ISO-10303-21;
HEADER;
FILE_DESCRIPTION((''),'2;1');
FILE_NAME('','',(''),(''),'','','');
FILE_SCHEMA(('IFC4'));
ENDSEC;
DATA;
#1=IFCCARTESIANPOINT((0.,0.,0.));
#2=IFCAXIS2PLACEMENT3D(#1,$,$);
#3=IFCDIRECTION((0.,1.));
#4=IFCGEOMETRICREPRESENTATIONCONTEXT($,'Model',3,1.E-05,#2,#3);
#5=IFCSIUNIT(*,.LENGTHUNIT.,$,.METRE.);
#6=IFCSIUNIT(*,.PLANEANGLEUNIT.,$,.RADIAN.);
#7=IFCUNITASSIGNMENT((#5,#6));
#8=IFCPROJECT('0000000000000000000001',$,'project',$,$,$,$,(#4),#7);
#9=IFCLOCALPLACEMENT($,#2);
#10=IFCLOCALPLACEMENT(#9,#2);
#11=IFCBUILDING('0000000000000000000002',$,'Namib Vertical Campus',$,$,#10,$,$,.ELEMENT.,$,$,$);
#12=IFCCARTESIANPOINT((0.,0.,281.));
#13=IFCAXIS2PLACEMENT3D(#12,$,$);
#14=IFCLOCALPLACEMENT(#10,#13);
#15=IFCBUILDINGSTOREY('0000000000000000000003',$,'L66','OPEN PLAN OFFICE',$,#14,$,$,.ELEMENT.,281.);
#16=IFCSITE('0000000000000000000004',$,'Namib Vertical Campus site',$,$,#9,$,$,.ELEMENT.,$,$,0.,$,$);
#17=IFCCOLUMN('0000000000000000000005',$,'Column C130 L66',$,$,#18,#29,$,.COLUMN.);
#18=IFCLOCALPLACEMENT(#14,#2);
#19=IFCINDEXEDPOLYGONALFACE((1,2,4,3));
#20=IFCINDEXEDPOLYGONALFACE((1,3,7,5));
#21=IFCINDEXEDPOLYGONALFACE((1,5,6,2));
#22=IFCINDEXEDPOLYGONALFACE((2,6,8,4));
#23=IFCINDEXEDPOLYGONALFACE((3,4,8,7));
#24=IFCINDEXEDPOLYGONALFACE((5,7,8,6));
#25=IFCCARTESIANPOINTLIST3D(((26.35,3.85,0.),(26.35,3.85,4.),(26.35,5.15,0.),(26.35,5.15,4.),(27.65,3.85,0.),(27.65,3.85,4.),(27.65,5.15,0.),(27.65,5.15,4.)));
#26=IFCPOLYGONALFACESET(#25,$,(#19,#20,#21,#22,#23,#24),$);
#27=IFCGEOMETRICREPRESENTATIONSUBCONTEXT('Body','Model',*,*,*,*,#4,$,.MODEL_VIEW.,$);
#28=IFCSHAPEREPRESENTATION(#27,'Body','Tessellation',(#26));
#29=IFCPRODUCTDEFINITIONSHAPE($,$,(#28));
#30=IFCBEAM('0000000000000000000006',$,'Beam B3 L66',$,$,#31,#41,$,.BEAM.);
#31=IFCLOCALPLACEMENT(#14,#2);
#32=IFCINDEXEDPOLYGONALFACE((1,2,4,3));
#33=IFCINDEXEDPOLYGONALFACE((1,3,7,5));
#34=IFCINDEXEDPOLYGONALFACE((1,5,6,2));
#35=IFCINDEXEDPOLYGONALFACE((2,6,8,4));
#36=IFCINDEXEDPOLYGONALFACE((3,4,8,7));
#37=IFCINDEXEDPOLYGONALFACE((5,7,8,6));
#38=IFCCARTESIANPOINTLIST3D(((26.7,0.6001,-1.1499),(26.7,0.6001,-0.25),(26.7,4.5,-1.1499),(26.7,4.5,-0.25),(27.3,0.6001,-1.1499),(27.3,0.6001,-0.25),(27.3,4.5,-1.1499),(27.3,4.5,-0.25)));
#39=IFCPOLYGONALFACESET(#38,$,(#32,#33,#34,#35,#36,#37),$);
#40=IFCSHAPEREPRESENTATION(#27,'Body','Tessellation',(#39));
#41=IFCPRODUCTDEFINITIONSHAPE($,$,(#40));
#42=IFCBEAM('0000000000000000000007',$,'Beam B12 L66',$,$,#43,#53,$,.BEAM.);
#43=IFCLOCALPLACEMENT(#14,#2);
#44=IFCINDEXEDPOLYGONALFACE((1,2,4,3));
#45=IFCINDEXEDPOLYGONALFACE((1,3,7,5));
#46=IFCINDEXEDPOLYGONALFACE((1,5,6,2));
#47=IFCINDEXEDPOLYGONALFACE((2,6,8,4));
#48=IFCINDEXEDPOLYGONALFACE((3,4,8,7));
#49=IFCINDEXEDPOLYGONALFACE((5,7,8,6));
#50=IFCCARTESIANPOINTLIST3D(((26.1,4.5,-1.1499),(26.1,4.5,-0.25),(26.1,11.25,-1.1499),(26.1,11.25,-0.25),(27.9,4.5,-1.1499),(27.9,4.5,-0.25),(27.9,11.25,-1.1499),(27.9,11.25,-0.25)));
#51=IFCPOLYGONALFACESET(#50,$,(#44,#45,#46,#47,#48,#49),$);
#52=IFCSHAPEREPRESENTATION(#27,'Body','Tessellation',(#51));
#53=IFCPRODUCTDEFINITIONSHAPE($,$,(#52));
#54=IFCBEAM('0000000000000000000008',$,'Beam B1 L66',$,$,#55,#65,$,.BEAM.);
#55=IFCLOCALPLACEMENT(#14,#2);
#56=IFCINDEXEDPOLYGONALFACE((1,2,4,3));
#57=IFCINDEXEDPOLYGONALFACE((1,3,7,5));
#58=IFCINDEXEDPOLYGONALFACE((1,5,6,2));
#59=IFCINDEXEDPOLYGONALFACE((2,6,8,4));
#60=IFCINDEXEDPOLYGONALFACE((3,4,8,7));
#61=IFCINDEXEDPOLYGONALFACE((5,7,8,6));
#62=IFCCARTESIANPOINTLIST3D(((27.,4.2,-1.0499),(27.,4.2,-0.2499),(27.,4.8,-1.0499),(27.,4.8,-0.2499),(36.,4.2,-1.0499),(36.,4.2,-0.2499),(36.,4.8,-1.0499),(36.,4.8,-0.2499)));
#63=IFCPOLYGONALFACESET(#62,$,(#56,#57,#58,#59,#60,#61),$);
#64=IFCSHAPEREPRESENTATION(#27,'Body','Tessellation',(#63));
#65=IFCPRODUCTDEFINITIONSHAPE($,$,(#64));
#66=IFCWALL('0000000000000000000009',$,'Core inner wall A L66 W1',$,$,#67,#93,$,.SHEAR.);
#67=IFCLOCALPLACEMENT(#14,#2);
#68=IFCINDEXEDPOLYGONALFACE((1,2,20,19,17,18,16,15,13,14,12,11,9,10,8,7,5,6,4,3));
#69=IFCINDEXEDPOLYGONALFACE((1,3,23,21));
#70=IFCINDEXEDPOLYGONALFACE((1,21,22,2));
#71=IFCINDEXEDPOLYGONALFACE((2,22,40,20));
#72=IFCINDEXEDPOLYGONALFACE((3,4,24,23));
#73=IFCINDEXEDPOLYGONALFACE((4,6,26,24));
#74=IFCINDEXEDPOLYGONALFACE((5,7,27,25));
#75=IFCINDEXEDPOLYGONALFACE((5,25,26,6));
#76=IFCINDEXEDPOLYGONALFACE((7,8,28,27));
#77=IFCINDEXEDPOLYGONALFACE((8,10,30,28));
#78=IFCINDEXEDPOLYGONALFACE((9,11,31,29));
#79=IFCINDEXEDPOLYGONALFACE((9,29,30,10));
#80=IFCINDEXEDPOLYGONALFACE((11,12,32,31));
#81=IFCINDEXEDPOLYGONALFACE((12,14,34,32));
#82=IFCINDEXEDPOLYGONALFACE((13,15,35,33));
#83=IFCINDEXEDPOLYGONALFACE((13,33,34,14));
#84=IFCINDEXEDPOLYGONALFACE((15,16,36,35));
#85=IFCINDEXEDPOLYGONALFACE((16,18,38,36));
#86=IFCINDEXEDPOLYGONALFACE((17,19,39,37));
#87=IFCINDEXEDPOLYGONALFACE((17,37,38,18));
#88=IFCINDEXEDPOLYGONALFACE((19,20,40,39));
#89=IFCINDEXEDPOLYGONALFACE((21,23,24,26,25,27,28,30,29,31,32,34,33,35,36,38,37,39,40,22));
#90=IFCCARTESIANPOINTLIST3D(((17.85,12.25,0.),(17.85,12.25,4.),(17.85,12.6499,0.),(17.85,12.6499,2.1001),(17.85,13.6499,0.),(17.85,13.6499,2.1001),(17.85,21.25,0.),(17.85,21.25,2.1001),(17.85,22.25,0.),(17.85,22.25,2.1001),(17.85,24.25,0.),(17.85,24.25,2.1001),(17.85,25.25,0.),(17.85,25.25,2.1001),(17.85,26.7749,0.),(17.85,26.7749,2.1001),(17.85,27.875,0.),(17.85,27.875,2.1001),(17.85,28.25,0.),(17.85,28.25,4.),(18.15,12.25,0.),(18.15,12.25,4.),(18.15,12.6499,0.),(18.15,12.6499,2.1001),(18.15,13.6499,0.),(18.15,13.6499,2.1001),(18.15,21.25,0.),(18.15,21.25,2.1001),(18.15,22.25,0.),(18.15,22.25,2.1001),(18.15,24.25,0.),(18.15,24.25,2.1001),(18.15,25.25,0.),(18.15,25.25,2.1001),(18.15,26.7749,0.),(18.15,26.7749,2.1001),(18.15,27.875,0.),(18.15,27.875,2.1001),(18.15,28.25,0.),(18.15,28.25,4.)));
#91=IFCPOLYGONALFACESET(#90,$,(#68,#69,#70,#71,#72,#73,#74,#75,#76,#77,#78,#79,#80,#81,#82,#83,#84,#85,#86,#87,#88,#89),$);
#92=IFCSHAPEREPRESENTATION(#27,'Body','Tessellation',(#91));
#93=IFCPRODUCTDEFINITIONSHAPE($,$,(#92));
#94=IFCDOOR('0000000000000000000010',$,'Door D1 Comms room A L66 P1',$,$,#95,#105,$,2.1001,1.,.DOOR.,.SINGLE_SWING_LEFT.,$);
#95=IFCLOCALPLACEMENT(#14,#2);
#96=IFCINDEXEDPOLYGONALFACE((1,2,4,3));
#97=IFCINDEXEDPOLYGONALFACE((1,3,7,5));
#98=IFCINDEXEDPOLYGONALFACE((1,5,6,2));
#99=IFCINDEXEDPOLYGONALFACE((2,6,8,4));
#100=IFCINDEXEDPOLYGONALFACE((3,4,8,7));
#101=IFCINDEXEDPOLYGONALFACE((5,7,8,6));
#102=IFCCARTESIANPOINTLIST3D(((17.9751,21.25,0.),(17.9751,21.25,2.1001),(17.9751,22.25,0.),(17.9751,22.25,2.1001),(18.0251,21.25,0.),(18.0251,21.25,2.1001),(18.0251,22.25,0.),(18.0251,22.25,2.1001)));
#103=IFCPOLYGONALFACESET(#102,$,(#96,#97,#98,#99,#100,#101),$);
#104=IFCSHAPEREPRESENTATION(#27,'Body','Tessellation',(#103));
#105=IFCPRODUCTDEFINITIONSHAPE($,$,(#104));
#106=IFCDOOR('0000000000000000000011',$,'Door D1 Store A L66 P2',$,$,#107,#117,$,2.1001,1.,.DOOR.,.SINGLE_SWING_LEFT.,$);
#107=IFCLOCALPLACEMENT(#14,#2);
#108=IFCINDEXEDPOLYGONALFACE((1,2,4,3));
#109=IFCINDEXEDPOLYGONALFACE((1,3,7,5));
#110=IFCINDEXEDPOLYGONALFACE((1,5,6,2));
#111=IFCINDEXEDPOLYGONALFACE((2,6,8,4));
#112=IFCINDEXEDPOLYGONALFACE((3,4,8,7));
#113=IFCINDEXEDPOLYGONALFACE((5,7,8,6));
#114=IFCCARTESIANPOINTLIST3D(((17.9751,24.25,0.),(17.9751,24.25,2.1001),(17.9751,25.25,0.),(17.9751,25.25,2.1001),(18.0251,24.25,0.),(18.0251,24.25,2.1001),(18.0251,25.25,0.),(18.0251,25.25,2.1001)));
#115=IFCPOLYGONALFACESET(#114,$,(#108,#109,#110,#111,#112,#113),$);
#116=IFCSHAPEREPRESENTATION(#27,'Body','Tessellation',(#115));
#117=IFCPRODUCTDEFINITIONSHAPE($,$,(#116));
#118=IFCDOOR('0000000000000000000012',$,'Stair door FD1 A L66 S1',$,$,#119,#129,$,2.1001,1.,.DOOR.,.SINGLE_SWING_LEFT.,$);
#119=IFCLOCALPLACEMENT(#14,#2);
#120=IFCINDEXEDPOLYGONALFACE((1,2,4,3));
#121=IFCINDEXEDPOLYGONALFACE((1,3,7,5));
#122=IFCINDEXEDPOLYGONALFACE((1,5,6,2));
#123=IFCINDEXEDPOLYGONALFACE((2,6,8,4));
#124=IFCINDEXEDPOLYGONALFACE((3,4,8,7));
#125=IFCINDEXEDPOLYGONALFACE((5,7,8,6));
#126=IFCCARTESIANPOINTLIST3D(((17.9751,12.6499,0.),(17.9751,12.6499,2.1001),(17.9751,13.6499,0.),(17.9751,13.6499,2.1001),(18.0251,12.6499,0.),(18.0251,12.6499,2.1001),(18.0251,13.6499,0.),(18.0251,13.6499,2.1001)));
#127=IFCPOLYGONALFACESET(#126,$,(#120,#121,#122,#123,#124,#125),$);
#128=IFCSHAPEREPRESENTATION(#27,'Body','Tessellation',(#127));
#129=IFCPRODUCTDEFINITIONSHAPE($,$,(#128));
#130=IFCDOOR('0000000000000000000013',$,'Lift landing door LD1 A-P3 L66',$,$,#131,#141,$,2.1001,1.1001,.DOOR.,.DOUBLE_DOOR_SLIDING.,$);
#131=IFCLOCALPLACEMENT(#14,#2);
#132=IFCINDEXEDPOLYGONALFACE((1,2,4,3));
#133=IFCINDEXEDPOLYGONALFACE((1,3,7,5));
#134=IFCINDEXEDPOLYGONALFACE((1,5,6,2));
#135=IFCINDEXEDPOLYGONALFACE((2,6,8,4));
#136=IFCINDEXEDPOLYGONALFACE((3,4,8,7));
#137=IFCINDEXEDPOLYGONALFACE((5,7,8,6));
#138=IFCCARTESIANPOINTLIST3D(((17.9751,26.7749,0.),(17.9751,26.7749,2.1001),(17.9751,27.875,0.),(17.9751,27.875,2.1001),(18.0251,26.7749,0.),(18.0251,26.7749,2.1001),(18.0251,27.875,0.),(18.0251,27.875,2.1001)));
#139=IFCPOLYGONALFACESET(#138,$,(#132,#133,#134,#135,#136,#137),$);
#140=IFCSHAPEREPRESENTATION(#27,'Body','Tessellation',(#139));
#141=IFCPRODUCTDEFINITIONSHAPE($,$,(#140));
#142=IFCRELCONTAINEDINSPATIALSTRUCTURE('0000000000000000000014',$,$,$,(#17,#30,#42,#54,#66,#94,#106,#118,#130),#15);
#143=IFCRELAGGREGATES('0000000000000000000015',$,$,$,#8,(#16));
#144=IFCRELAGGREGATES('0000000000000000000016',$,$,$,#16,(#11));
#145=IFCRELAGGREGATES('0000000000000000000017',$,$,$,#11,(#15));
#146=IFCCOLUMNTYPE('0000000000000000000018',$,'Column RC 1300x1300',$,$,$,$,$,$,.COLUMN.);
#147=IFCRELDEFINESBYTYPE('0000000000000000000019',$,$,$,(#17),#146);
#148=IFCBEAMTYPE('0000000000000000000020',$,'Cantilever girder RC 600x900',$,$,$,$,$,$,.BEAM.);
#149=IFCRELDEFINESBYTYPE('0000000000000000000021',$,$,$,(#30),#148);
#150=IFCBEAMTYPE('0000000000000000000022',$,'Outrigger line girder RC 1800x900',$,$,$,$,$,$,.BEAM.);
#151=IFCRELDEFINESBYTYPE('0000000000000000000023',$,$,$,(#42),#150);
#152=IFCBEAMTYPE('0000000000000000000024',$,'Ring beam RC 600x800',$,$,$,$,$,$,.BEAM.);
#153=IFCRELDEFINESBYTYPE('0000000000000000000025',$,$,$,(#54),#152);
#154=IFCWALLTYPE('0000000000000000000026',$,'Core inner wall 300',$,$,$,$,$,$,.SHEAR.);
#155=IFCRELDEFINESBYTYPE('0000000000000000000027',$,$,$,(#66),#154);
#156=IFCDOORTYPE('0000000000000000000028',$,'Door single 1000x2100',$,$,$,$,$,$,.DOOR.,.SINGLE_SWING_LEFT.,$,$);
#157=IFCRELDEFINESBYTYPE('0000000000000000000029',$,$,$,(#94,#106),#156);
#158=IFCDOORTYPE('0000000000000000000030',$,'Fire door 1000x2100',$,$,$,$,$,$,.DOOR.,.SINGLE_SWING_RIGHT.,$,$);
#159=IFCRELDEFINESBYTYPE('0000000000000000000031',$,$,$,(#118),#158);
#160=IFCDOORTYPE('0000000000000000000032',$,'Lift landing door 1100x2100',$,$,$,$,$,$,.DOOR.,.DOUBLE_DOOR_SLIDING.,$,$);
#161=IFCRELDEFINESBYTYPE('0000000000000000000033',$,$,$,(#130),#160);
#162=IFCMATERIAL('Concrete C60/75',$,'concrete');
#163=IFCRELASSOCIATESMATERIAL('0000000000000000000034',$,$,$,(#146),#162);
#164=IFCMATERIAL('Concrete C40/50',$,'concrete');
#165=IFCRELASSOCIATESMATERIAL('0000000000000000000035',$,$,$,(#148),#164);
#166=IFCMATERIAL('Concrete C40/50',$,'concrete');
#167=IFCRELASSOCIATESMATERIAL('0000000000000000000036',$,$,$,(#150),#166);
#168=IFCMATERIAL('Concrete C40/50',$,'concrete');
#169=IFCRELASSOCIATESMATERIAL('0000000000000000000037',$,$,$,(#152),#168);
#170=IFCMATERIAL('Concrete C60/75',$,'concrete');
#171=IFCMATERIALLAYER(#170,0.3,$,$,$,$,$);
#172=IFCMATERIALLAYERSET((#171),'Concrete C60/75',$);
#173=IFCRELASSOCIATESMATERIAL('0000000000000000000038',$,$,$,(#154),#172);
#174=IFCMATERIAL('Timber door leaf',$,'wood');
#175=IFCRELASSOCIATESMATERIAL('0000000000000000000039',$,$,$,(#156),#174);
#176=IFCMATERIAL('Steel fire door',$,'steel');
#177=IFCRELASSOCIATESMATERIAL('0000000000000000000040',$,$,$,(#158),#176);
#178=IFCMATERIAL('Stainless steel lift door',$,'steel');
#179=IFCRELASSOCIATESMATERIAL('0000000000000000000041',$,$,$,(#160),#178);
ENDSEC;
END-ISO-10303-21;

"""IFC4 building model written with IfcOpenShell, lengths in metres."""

from ifc_helpers import new_model, si_unit, direction, frame, frame_2d, origin, origin_2d, place, context, subcontext, project, spatial, rectangle, extrude, material, layer, layer_set, material_profile, profile_set, type_object, element, fill, save


model = new_model("IFC4")

# Units and contexts
model_context = context("Model", 3, precision=1e-05, world=origin(), true_north=direction((0.0, 1.0)))
body_context = subcontext(model_context, "Body", "Model", "MODEL_VIEW")
ifc_project = project(units=[si_unit("LENGTHUNIT", "METRE"), si_unit("PLANEANGLEUNIT", "RADIAN")], contexts=[model_context])

# Site, building, storey
site_placement = place(None, origin())
site = spatial("IfcSite", under=ifc_project, at=site_placement, Name="Namib Vertical Campus site", CompositionType="ELEMENT", RefElevation=0.0)
building_placement = place(site_placement, origin())
building = spatial("IfcBuilding", under=site, at=building_placement, Name="Namib Vertical Campus", CompositionType="ELEMENT")
storey_placement = place(building_placement, frame((0.0, 0.0, 281.0)))
storey = spatial("IfcBuildingStorey", under=building, at=storey_placement, Name="L66", Description="OPEN PLAN OFFICE", CompositionType="ELEMENT", Elevation=281.0)

# Column
ifc_material_1 = material(Name="Concrete C60/75", Category="concrete")
ifc_material_profile_1 = material_profile(ifc_material_1, rectangle(XDim=1.3, YDim=1.3, at=origin_2d()))
ifc_profile_set_1 = profile_set([ifc_material_profile_1], Name="Concrete C60/75")
column_type = type_object("IfcColumnType", Name="Column RC 1300x1300", PredefinedType="COLUMN", material=ifc_profile_set_1)
column_placement = place(storey_placement, frame((27.0, 4.5, 0.0), z_axis=(0.0, 0.0, 1.0), x_axis=(1.0, 0.0, 0.0)))
element("IfcColumn", 1, at=column_placement, inside=storey, type_object=column_type, Name="Column C130 L66", PredefinedType="COLUMN", context=body_context, shape_type="SweptSolid", body=[
    extrude(rectangle(XDim=1.3, YDim=1.3, at=origin_2d()), origin(), (0.0, 0.0, 1.0), 4.0),
])

# Beams
ifc_material_2 = material(Name="Concrete C40/50", Category="concrete")
ifc_material_profile_2 = material_profile(ifc_material_2, rectangle(XDim=0.6001, YDim=0.8999, at=origin_2d()))
ifc_profile_set_2 = profile_set([ifc_material_profile_2], Name="Concrete C40/50")
beam_type_1 = type_object("IfcBeamType", Name="Cantilever girder RC 600x900", PredefinedType="BEAM", material=ifc_profile_set_2)
beam_1_placement = place(storey_placement, frame((27.0, 4.5, -0.7), z_axis=(0.0, -1.0, 0.0), x_axis=(1.0, 0.0, 0.0)))
element("IfcBeam", 2, at=beam_1_placement, inside=storey, type_object=beam_type_1, Name="Beam B3 L66", PredefinedType="BEAM", context=body_context, shape_type="SweptSolid", body=[
    extrude(rectangle(XDim=0.6001, YDim=0.8999, at=origin_2d()), origin(), (0.0, 0.0, 1.0), 3.8999),
])
ifc_material_3 = material(Name="Concrete C40/50", Category="concrete")
ifc_material_profile_3 = material_profile(ifc_material_3, rectangle(XDim=1.8, YDim=0.8999, at=origin_2d()))
ifc_profile_set_3 = profile_set([ifc_material_profile_3], Name="Concrete C40/50")
beam_type_2 = type_object("IfcBeamType", Name="Outrigger line girder RC 1800x900", PredefinedType="BEAM", material=ifc_profile_set_3)
beam_2_placement = place(storey_placement, frame((27.0, 4.5, -0.7), z_axis=(0.0, 1.0, 0.0), x_axis=(-1.0, 0.0, 0.0)))
element("IfcBeam", 3, at=beam_2_placement, inside=storey, type_object=beam_type_2, Name="Beam B12 L66", PredefinedType="BEAM", context=body_context, shape_type="SweptSolid", body=[
    extrude(rectangle(XDim=1.8, YDim=0.8999, at=origin_2d()), origin(), (0.0, 0.0, 1.0), 6.75),
])
ifc_material_4 = material(Name="Concrete C40/50", Category="concrete")
ifc_material_profile_4 = material_profile(ifc_material_4, rectangle(XDim=0.6001, YDim=0.8, at=origin_2d()))
ifc_profile_set_4 = profile_set([ifc_material_profile_4], Name="Concrete C40/50")
beam_type_3 = type_object("IfcBeamType", Name="Ring beam RC 600x800", PredefinedType="BEAM", material=ifc_profile_set_4)
beam_3_placement = place(storey_placement, frame((27.0, 4.5, -0.6499), z_axis=(1.0, 0.0, 0.0), x_axis=(0.0, 1.0, 0.0)))
element("IfcBeam", 4, at=beam_3_placement, inside=storey, type_object=beam_type_3, Name="Beam B1 L66", PredefinedType="BEAM", context=body_context, shape_type="SweptSolid", body=[
    extrude(rectangle(XDim=0.6001, YDim=0.8, at=origin_2d()), origin(), (0.0, 0.0, 1.0), 9.0),
])

# Wall, openings, doors
ifc_material_5 = material(Name="Concrete C60/75", Category="concrete")
ifc_layer_1 = layer(ifc_material_5, 0.3)
ifc_layer_set_1 = layer_set([ifc_layer_1], Name="Concrete C60/75")
wall_type_1 = type_object("IfcWallType", Name="Core inner wall 300", PredefinedType="SHEAR", material=ifc_layer_set_1)
wall_1_placement = place(storey_placement, frame((18.0, 12.25, 0.0), z_axis=(0.0, 0.0, 1.0), x_axis=(0.0, 1.0, 0.0)))
wall_1 = element("IfcWall", 5, at=wall_1_placement, inside=storey, type_object=wall_type_1, Name="Core inner wall A L66 W1", PredefinedType="SHEAR", context=body_context, shape_type="SweptSolid", body=[
    extrude(rectangle(XDim=16.0, YDim=0.3, at=frame_2d((8.0, 0.0))), origin(), (0.0, 0.0, 1.0), 4.0),
])
opening_1_placement = place(wall_1_placement, frame((0.3999, 0.0, 0.0)))
opening_1 = element("IfcOpeningElement", 6, at=opening_1_placement, cuts=wall_1, PredefinedType="OPENING", context=body_context, shape_type="SweptSolid", body=[
    extrude(rectangle(XDim=1.0, YDim=2.1001, at=frame_2d((0.5, 1.05))), frame((0.0, 0.1599, 0.0), z_axis=(0.0, -1.0, 0.0), x_axis=(1.0, 0.0, 0.0)), (0.0, 0.0, 1.0), 0.3201),
])
opening_2_placement = place(wall_1_placement, frame((14.5249, 0.0, 0.0)))
opening_2 = element("IfcOpeningElement", 7, at=opening_2_placement, cuts=wall_1, PredefinedType="OPENING", context=body_context, shape_type="SweptSolid", body=[
    extrude(rectangle(XDim=1.1001, YDim=2.1001, at=frame_2d((0.55, 1.05))), frame((0.0, 0.1599, 0.0), z_axis=(0.0, -1.0, 0.0), x_axis=(1.0, 0.0, 0.0)), (0.0, 0.0, 1.0), 0.3201),
])
opening_3_placement = place(wall_1_placement, frame((9.0, 0.0, 0.0)))
opening_3 = element("IfcOpeningElement", 8, at=opening_3_placement, cuts=wall_1, PredefinedType="OPENING", context=body_context, shape_type="SweptSolid", body=[
    extrude(rectangle(XDim=1.0, YDim=2.1001, at=frame_2d((0.5, 1.05))), frame((0.0, 0.1599, 0.0), z_axis=(0.0, -1.0, 0.0), x_axis=(1.0, 0.0, 0.0)), (0.0, 0.0, 1.0), 0.3201),
])
opening_4_placement = place(wall_1_placement, frame((12.0, 0.0, 0.0)))
opening_4 = element("IfcOpeningElement", 9, at=opening_4_placement, cuts=wall_1, PredefinedType="OPENING", context=body_context, shape_type="SweptSolid", body=[
    extrude(rectangle(XDim=1.0, YDim=2.1001, at=frame_2d((0.5, 1.05))), frame((0.0, 0.1599, 0.0), z_axis=(0.0, -1.0, 0.0), x_axis=(1.0, 0.0, 0.0)), (0.0, 0.0, 1.0), 0.3201),
])
ifc_material_6 = material(Name="Timber door leaf", Category="wood")
door_type_1 = type_object("IfcDoorType", Name="Door single 1000x2100", OperationType="SINGLE_SWING_LEFT", PredefinedType="DOOR", material=ifc_material_6)
door_1_placement = place(opening_3_placement, origin())
door_1 = element("IfcDoor", 10, at=door_1_placement, inside=storey, type_object=door_type_1, Name="Door D1 Comms room A L66 P1", OperationType="SINGLE_SWING_LEFT", OverallHeight=2.1001, OverallWidth=1.0, PredefinedType="DOOR", context=body_context, shape_type="SweptSolid", body=[
    extrude(rectangle(XDim=1.0, YDim=2.1001, at=frame_2d((0.5, 1.05))), frame((0.0, 0.0249, 0.0), z_axis=(0.0, -1.0, 0.0), x_axis=(1.0, 0.0, 0.0)), (0.0, 0.0, 1.0), 0.05),
])
fill(opening_3, door_1)
door_2_placement = place(opening_4_placement, origin())
door_2 = element("IfcDoor", 11, at=door_2_placement, inside=storey, type_object=door_type_1, Name="Door D1 Store A L66 P2", OperationType="SINGLE_SWING_LEFT", OverallHeight=2.1001, OverallWidth=1.0, PredefinedType="DOOR", context=body_context, shape_type="SweptSolid", body=[
    extrude(rectangle(XDim=1.0, YDim=2.1001, at=frame_2d((0.5, 1.05))), frame((0.0, 0.0249, 0.0), z_axis=(0.0, -1.0, 0.0), x_axis=(1.0, 0.0, 0.0)), (0.0, 0.0, 1.0), 0.05),
])
fill(opening_4, door_2)
ifc_material_7 = material(Name="Steel fire door", Category="steel")
door_type_2 = type_object("IfcDoorType", Name="Fire door 1000x2100", OperationType="SINGLE_SWING_RIGHT", PredefinedType="DOOR", material=ifc_material_7)
door_3_placement = place(opening_1_placement, origin())
door_3 = element("IfcDoor", 12, at=door_3_placement, inside=storey, type_object=door_type_2, Name="Stair door FD1 A L66 S1", OperationType="SINGLE_SWING_LEFT", OverallHeight=2.1001, OverallWidth=1.0, PredefinedType="DOOR", context=body_context, shape_type="SweptSolid", body=[
    extrude(rectangle(XDim=1.0, YDim=2.1001, at=frame_2d((0.5, 1.05))), frame((0.0, 0.0249, 0.0), z_axis=(0.0, -1.0, 0.0), x_axis=(1.0, 0.0, 0.0)), (0.0, 0.0, 1.0), 0.05),
])
fill(opening_1, door_3)
ifc_material_8 = material(Name="Stainless steel lift door", Category="steel")
door_type_3 = type_object("IfcDoorType", Name="Lift landing door 1100x2100", OperationType="DOUBLE_DOOR_SLIDING", PredefinedType="DOOR", material=ifc_material_8)
door_4_placement = place(opening_2_placement, origin())
door_4 = element("IfcDoor", 13, at=door_4_placement, inside=storey, type_object=door_type_3, Name="Lift landing door LD1 A-P3 L66", OperationType="DOUBLE_DOOR_SLIDING", OverallHeight=2.1001, OverallWidth=1.1001, PredefinedType="DOOR", context=body_context, shape_type="SweptSolid", body=[
    extrude(rectangle(XDim=1.1001, YDim=2.1001, at=frame_2d((0.55, 1.05))), frame((0.0, 0.0249, 0.0), z_axis=(0.0, -1.0, 0.0), x_axis=(1.0, 0.0, 0.0)), (0.0, 0.0, 1.0), 0.05),
])
fill(opening_2, door_4)

save(model, "model.ifc")
